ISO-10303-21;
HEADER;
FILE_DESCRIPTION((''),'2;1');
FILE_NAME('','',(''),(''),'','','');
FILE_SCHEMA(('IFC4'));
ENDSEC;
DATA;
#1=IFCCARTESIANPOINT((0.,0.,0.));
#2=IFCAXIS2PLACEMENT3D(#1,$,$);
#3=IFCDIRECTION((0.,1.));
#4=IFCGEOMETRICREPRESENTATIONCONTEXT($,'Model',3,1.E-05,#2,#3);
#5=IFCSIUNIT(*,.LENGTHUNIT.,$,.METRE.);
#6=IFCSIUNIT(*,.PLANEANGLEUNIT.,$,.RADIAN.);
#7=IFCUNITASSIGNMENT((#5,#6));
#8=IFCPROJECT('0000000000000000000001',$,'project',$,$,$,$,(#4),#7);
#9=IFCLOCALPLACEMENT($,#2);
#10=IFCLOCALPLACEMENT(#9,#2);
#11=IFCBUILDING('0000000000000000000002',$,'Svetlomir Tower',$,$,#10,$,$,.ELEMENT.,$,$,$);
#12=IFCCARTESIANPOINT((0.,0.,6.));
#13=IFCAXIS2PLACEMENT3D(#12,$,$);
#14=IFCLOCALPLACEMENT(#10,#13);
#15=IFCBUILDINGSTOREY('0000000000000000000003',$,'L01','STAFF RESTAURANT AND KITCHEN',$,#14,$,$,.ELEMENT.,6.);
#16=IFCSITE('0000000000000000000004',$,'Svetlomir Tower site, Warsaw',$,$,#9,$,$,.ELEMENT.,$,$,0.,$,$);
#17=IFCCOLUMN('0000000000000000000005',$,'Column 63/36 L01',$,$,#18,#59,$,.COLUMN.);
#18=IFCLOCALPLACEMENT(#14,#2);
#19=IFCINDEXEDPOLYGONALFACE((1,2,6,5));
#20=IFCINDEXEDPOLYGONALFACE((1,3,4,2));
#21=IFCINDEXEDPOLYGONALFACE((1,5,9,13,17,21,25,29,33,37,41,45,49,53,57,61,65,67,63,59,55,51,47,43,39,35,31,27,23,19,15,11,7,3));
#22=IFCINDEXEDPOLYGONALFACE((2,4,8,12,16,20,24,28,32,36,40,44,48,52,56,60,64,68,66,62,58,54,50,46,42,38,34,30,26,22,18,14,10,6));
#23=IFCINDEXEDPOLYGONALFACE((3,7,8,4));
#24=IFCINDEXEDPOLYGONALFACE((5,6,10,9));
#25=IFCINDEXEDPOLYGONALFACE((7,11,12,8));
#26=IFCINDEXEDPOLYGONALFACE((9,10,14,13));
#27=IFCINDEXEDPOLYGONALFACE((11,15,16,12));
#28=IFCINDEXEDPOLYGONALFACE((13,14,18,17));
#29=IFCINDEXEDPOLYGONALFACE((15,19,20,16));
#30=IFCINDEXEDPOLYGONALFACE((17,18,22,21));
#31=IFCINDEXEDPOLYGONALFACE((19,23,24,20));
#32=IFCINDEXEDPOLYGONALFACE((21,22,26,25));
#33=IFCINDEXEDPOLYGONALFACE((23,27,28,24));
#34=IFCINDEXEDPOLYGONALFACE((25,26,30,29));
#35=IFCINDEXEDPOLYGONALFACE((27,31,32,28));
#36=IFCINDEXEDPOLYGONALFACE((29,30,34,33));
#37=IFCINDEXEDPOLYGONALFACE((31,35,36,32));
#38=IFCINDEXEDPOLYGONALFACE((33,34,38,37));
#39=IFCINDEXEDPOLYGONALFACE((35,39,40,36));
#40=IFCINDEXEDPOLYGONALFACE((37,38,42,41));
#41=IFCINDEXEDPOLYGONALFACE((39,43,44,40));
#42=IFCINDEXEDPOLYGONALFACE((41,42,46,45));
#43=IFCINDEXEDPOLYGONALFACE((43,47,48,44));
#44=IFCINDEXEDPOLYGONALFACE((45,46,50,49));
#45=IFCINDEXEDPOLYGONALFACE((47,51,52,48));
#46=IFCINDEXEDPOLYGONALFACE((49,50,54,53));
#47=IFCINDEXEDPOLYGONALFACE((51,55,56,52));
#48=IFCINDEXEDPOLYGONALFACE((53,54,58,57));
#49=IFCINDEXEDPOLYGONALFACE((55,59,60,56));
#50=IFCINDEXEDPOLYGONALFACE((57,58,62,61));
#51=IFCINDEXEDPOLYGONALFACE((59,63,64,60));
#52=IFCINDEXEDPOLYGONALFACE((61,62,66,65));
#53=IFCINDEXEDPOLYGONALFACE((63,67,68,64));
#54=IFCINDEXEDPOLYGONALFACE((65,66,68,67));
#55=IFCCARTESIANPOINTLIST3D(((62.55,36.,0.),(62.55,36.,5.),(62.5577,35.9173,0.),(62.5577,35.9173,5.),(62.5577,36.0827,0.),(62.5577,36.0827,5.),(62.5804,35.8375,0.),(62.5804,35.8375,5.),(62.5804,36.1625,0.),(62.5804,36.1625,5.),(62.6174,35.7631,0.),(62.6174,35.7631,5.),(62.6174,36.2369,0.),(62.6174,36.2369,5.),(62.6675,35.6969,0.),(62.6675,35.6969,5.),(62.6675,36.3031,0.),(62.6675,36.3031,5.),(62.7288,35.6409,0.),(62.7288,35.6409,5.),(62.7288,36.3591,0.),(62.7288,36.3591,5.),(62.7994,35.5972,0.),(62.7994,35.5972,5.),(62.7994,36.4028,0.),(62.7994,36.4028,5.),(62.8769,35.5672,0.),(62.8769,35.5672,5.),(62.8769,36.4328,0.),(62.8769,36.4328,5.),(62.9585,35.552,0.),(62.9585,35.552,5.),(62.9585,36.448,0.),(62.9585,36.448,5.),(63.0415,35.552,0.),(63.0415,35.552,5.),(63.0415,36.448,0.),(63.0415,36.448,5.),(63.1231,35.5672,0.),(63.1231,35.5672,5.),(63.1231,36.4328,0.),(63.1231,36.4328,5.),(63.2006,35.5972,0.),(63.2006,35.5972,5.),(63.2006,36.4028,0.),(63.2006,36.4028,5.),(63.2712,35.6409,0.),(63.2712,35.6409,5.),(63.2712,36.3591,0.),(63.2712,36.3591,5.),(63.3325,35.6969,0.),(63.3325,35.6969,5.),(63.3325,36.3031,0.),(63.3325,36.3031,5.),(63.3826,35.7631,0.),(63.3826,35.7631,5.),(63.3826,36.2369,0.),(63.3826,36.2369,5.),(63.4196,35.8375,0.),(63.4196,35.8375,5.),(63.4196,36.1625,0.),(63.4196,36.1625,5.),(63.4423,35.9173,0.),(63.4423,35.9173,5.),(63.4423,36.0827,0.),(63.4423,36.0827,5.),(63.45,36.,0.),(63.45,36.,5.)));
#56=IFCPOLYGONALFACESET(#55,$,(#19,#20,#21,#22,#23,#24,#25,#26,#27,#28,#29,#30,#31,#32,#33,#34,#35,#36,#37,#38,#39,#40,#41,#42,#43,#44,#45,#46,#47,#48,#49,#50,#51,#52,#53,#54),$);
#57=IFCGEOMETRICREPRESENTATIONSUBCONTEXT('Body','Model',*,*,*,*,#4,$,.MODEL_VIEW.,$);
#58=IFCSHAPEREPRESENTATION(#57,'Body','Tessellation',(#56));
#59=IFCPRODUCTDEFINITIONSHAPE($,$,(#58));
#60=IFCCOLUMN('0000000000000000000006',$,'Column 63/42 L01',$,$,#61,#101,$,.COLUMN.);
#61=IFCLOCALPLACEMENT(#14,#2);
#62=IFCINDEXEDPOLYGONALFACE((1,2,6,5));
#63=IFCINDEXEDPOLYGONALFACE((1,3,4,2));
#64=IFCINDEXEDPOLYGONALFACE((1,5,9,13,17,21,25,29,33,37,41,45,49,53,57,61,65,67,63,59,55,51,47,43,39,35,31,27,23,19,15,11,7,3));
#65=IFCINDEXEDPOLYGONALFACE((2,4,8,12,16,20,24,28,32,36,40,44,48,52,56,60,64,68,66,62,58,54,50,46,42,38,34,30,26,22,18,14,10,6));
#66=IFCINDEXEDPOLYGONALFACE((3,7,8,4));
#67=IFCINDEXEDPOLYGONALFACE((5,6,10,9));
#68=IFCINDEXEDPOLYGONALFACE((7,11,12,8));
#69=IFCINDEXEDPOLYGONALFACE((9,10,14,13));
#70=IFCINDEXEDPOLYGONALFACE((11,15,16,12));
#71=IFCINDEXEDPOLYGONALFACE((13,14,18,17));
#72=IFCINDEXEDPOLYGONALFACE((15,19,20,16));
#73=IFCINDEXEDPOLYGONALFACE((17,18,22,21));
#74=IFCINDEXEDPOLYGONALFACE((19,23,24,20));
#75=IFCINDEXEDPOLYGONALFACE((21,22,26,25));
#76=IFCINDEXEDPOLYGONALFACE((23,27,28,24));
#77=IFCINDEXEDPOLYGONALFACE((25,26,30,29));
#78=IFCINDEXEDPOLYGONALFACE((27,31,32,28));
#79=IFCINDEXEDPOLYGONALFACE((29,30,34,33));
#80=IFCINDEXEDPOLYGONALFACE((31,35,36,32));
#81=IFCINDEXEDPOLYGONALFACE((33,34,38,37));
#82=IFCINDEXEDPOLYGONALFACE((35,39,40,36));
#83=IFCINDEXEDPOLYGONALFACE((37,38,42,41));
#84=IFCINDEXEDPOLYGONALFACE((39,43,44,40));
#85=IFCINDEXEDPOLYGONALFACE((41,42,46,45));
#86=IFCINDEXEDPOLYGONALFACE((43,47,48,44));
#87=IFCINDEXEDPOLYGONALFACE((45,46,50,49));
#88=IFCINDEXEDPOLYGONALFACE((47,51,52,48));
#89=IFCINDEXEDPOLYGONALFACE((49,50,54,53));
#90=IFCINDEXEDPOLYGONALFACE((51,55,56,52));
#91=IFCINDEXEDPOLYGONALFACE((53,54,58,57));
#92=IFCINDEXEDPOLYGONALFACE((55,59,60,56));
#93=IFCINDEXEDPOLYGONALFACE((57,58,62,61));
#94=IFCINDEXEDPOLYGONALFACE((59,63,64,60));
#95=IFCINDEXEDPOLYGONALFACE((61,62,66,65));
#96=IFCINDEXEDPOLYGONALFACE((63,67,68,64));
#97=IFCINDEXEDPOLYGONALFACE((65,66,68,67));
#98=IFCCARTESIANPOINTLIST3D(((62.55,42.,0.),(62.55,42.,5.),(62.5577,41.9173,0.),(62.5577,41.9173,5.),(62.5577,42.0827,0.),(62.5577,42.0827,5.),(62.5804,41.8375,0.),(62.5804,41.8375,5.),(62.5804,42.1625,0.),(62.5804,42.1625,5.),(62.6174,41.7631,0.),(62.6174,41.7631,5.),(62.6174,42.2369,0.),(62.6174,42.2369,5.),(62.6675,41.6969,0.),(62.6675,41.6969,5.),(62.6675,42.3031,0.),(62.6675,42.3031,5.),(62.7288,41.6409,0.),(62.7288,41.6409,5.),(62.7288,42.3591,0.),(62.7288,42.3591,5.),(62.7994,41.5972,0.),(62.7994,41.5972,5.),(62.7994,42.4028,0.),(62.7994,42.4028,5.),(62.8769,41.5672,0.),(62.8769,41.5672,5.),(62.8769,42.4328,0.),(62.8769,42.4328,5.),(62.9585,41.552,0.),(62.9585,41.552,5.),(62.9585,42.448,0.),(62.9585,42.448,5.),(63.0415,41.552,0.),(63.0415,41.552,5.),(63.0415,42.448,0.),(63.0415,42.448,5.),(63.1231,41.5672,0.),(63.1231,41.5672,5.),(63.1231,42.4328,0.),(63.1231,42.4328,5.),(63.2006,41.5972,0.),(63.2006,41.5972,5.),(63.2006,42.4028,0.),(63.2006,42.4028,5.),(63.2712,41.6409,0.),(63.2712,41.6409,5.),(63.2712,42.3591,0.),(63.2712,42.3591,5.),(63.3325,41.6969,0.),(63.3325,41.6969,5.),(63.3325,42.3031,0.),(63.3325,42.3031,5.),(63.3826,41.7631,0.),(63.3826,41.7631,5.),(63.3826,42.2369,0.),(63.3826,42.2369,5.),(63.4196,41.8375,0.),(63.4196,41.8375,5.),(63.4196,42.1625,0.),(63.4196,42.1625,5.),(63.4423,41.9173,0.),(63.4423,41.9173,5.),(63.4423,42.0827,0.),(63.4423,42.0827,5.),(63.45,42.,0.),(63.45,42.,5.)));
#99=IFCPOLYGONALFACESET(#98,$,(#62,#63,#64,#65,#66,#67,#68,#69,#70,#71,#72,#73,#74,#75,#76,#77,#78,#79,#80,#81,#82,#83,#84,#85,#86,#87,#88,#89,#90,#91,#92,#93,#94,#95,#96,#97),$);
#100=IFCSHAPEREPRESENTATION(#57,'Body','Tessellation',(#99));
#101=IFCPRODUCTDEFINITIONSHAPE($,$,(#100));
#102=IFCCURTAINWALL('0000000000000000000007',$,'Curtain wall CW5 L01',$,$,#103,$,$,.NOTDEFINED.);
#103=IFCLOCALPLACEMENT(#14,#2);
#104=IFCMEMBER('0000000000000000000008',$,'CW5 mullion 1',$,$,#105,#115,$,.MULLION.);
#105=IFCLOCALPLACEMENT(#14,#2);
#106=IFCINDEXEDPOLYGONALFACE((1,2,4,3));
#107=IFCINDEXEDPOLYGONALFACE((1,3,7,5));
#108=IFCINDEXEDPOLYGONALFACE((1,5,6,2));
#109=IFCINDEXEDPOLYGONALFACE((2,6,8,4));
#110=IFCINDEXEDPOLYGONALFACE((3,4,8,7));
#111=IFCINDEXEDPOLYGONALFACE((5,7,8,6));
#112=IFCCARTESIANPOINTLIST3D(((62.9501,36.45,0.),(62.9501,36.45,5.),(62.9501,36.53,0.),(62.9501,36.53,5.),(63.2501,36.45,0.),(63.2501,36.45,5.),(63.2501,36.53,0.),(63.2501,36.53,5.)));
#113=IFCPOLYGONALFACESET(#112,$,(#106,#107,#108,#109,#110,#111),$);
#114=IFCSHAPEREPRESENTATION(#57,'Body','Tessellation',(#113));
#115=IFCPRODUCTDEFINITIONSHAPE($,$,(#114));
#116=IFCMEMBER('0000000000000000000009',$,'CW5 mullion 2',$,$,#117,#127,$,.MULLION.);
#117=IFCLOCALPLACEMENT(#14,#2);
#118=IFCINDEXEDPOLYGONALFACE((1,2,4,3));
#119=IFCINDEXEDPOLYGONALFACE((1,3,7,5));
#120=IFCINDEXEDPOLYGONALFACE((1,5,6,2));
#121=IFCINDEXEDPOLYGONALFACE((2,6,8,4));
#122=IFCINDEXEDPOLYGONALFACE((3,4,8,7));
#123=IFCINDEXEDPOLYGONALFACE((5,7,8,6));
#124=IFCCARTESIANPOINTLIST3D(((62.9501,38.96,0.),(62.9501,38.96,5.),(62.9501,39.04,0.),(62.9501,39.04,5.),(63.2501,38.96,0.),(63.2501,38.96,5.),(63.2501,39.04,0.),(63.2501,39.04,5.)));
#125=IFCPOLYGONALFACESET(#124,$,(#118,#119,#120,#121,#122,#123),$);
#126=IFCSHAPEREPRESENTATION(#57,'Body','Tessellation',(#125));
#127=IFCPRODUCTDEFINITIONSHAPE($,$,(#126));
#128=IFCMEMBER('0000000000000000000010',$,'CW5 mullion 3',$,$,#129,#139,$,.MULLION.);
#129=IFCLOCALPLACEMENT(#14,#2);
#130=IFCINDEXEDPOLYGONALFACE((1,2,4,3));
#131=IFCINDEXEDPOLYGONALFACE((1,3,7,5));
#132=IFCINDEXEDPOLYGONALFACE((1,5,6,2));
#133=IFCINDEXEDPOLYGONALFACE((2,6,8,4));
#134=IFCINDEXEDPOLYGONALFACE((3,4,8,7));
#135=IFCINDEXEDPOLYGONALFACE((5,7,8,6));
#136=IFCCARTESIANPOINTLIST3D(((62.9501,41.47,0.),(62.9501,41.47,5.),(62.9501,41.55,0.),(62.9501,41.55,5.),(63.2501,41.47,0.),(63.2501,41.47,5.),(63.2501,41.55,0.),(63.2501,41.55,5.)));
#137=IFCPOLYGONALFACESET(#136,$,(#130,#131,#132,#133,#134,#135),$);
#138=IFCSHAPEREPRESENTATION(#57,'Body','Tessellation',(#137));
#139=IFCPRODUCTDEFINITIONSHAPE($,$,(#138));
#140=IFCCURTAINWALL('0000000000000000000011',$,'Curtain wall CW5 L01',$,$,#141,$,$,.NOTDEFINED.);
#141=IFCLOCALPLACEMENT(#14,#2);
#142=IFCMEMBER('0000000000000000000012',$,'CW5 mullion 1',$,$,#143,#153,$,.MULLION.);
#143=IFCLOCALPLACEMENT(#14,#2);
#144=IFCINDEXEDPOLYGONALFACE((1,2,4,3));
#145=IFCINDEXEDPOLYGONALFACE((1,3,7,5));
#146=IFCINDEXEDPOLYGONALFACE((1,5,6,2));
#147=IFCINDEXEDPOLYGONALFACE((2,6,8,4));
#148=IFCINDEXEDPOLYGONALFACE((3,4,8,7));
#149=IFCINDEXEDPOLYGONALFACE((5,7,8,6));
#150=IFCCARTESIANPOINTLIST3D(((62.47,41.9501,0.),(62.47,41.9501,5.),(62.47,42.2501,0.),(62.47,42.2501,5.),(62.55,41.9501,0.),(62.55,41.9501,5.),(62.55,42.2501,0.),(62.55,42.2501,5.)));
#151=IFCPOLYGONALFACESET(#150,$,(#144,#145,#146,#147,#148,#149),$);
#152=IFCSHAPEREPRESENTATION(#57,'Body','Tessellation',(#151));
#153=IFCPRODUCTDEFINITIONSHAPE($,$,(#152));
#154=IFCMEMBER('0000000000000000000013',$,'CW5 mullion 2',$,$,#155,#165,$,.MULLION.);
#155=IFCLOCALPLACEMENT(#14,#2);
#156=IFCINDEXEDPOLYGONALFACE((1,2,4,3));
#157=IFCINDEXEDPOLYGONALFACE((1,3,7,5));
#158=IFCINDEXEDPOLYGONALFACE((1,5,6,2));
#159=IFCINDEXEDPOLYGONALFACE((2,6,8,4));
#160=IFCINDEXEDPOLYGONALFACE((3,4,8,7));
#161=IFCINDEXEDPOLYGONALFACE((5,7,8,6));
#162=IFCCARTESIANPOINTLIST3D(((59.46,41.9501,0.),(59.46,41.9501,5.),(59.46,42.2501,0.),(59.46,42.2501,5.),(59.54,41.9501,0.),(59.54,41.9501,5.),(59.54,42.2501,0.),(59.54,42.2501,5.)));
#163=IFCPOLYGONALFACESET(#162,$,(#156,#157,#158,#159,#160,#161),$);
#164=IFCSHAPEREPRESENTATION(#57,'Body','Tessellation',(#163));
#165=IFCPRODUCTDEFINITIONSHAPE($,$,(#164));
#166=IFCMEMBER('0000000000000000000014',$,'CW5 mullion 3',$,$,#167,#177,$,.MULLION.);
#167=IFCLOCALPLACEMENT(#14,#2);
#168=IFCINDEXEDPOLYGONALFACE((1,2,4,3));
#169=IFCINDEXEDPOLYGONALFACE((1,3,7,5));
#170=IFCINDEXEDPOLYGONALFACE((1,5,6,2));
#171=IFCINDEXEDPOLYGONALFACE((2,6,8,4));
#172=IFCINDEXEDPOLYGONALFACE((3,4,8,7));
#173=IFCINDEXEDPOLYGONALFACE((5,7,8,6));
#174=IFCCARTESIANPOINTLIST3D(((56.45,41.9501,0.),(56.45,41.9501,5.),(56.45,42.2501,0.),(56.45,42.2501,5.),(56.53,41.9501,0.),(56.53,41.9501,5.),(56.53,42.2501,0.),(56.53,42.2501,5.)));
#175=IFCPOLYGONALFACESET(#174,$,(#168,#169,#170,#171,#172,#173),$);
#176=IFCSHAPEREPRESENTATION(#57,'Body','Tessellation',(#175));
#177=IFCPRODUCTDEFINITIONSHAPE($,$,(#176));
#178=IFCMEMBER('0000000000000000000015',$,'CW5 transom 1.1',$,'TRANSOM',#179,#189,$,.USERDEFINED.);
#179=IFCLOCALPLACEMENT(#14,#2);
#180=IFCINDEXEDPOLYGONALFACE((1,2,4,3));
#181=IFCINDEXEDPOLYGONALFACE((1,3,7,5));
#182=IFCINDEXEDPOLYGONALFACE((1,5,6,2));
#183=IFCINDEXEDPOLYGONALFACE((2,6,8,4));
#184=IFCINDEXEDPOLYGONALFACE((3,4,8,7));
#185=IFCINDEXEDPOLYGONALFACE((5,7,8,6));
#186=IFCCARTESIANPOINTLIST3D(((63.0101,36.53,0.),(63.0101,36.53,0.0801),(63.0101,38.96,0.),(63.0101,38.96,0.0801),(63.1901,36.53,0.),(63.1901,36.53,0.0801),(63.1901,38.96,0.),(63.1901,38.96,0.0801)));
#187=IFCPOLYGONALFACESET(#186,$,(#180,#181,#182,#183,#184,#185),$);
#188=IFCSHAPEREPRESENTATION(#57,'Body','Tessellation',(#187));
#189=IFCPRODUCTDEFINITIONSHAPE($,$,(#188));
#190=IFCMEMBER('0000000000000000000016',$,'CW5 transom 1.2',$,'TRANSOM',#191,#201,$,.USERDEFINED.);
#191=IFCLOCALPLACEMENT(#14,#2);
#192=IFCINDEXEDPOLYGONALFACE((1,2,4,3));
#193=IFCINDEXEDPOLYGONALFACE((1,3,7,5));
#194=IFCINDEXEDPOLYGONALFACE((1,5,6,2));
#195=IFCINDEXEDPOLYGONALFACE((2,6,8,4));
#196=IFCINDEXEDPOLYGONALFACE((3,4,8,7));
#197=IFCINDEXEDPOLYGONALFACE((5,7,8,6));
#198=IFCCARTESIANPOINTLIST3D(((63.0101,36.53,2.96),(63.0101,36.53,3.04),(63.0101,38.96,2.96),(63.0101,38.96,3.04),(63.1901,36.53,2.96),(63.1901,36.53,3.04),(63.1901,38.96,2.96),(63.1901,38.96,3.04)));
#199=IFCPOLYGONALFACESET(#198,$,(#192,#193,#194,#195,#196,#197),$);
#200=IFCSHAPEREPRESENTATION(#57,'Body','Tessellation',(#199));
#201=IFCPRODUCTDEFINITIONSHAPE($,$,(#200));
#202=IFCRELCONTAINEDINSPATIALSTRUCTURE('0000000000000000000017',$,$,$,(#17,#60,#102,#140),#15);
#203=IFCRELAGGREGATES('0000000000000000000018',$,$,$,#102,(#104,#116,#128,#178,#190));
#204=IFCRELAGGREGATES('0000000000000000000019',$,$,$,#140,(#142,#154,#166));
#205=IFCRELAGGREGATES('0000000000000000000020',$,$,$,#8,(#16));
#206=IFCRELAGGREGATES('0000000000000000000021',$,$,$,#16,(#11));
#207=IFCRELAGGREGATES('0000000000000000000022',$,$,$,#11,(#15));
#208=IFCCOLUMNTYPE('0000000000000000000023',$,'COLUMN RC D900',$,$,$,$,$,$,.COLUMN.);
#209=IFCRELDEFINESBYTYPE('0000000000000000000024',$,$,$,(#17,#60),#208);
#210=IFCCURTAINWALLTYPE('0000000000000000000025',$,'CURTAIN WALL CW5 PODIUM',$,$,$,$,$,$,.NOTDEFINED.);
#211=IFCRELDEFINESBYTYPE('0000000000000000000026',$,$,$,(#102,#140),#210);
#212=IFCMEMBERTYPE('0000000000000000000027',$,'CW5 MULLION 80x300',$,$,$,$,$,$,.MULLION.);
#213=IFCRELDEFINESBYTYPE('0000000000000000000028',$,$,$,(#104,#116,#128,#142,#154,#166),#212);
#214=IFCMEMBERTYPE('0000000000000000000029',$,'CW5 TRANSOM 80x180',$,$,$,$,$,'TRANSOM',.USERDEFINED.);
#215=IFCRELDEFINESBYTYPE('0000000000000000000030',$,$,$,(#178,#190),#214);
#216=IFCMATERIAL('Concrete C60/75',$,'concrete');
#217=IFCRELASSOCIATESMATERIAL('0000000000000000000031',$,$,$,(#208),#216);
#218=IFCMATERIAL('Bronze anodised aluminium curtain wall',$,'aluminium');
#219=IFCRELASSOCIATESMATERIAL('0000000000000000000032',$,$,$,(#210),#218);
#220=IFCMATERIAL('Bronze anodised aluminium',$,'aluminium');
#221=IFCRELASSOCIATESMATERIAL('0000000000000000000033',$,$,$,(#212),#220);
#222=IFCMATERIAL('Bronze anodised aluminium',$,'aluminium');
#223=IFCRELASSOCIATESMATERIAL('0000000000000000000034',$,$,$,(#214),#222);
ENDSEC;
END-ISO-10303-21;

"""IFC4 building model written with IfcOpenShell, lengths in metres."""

from ifc_helpers import new_model, si_unit, direction, frame, origin, origin_2d, place, context, subcontext, project, spatial, rectangle, circle, extrude, material, material_profile, profile_set, type_object, element, aggregate, save


model = new_model("IFC4")

# Units and contexts
model_context = context("Model", 3, precision=1e-05, world=origin(), true_north=direction((0.0, 1.0)))
body_context = subcontext(model_context, "Body", "Model", "MODEL_VIEW")
ifc_project = project(units=[si_unit("LENGTHUNIT", "METRE"), si_unit("PLANEANGLEUNIT", "RADIAN")], contexts=[model_context])

# Site, building, storey
site_placement = place(None, origin())
site = spatial("IfcSite", under=ifc_project, at=site_placement, Name="Svetlomir Tower site, Warsaw", CompositionType="ELEMENT", RefElevation=0.0)
building_placement = place(site_placement, origin())
building = spatial("IfcBuilding", under=site, at=building_placement, Name="Svetlomir Tower", CompositionType="ELEMENT")
storey_placement = place(building_placement, frame((0.0, 0.0, 6.0)))
storey = spatial("IfcBuildingStorey", under=building, at=storey_placement, Name="L01", Description="STAFF RESTAURANT AND KITCHEN", CompositionType="ELEMENT", Elevation=6.0)

# Columns
ifc_material_1 = material(Name="Concrete C60/75", Category="concrete")
ifc_material_profile_1 = material_profile(ifc_material_1, circle(Radius=0.45, at=origin_2d()), Name="RC D900")
ifc_profile_set_1 = profile_set([ifc_material_profile_1], Name="Concrete C60/75")
column_type = type_object("IfcColumnType", Name="COLUMN RC D900", PredefinedType="COLUMN", material=ifc_profile_set_1)
for number, where, z_axis, x_axis, name in (
    (1, (63.0, 36.0, 0.0), (0.0, 0.0, 1.0), (1.0, 0.0, 0.0), "Column 63/36 L01"),
    (2, (63.0, 42.0, 0.0), (0.0, 0.0, 1.0), (1.0, 0.0, 0.0), "Column 63/42 L01"),
):
    element("IfcColumn", number, at=place(storey_placement, frame(where, z_axis=z_axis, x_axis=x_axis)), inside=storey, type_object=column_type, Name=name, PredefinedType="COLUMN", context=body_context, shape_type="SweptSolid", body=[
        extrude(circle(Radius=0.45, at=origin_2d()), origin(), (0.0, 0.0, 1.0), 5.0),
    ])

# Curtain walls, members
ifc_material_2 = material(Name="Bronze anodised aluminium curtain wall", Category="aluminium")
curtain_wall_type = type_object("IfcCurtainWallType", Name="CURTAIN WALL CW5 PODIUM", PredefinedType="NOTDEFINED", material=ifc_material_2)
curtain_wall_1_placement = place(storey_placement, origin())
curtain_wall_1 = element("IfcCurtainWall", 3, at=curtain_wall_1_placement, inside=storey, type_object=curtain_wall_type, Name="Curtain wall CW5 L01", PredefinedType="NOTDEFINED")
ifc_material_3 = material(Name="Bronze anodised aluminium", Category="aluminium")
ifc_material_profile_2 = material_profile(ifc_material_3, rectangle(XDim=0.0801, YDim=0.3, at=origin_2d()), Name="AL 80x300")
ifc_profile_set_2 = profile_set([ifc_material_profile_2], Name="Bronze anodised aluminium 6063-T6")
member_type_1 = type_object("IfcMemberType", Name="CW5 MULLION 80x300", PredefinedType="MULLION", material=ifc_profile_set_2)
member_1_placement = place(storey_placement, frame((63.1001, 36.49, 0.0), z_axis=(0.0, 0.0, 1.0), x_axis=(0.0, 1.0, 0.0)))
member_1 = element("IfcMember", 4, at=member_1_placement, type_object=member_type_1, Name="CW5 mullion 1", PredefinedType="MULLION", context=body_context, shape_type="SweptSolid", body=[
    extrude(rectangle(XDim=0.0801, YDim=0.3, at=origin_2d()), origin(), (0.0, 0.0, 1.0), 5.0),
])
member_2_placement = place(storey_placement, frame((63.1001, 39.0, 0.0), z_axis=(0.0, 0.0, 1.0), x_axis=(0.0, 1.0, 0.0)))
member_2 = element("IfcMember", 5, at=member_2_placement, type_object=member_type_1, Name="CW5 mullion 2", PredefinedType="MULLION", context=body_context, shape_type="SweptSolid", body=[
    extrude(rectangle(XDim=0.0801, YDim=0.3, at=origin_2d()), origin(), (0.0, 0.0, 1.0), 5.0),
])
member_3_placement = place(storey_placement, frame((63.1001, 41.51, 0.0), z_axis=(0.0, 0.0, 1.0), x_axis=(0.0, 1.0, 0.0)))
member_3 = element("IfcMember", 6, at=member_3_placement, type_object=member_type_1, Name="CW5 mullion 3", PredefinedType="MULLION", context=body_context, shape_type="SweptSolid", body=[
    extrude(rectangle(XDim=0.0801, YDim=0.3, at=origin_2d()), origin(), (0.0, 0.0, 1.0), 5.0),
])
curtain_wall_2_placement = place(storey_placement, origin())
curtain_wall_2 = element("IfcCurtainWall", 7, at=curtain_wall_2_placement, inside=storey, type_object=curtain_wall_type, Name="Curtain wall CW5 L01", PredefinedType="NOTDEFINED")
member_4_placement = place(storey_placement, frame((62.51, 42.1001, 0.0), z_axis=(0.0, 0.0, 1.0), x_axis=(-1.0, 0.0, 0.0)))
member_4 = element("IfcMember", 8, at=member_4_placement, type_object=member_type_1, Name="CW5 mullion 1", PredefinedType="MULLION", context=body_context, shape_type="SweptSolid", body=[
    extrude(rectangle(XDim=0.0801, YDim=0.3, at=origin_2d()), origin(), (0.0, 0.0, 1.0), 5.0),
])
member_5_placement = place(storey_placement, frame((59.5, 42.1001, 0.0), z_axis=(0.0, 0.0, 1.0), x_axis=(-1.0, 0.0, 0.0)))
member_5 = element("IfcMember", 9, at=member_5_placement, type_object=member_type_1, Name="CW5 mullion 2", PredefinedType="MULLION", context=body_context, shape_type="SweptSolid", body=[
    extrude(rectangle(XDim=0.0801, YDim=0.3, at=origin_2d()), origin(), (0.0, 0.0, 1.0), 5.0),
])
member_6_placement = place(storey_placement, frame((56.49, 42.1001, 0.0), z_axis=(0.0, 0.0, 1.0), x_axis=(-1.0, 0.0, 0.0)))
member_6 = element("IfcMember", 10, at=member_6_placement, type_object=member_type_1, Name="CW5 mullion 3", PredefinedType="MULLION", context=body_context, shape_type="SweptSolid", body=[
    extrude(rectangle(XDim=0.0801, YDim=0.3, at=origin_2d()), origin(), (0.0, 0.0, 1.0), 5.0),
])

# Members
ifc_material_4 = material(Name="Bronze anodised aluminium", Category="aluminium")
ifc_material_profile_3 = material_profile(ifc_material_4, rectangle(XDim=0.1799, YDim=0.0801, at=origin_2d()), Name="AL 180x80")
ifc_profile_set_3 = profile_set([ifc_material_profile_3], Name="Bronze anodised aluminium 6063-T6")
member_type_2 = type_object("IfcMemberType", Name="CW5 TRANSOM 80x180", ElementType="TRANSOM", PredefinedType="USERDEFINED", material=ifc_profile_set_3)
member_7_placement = place(storey_placement, frame((63.1001, 36.53, 0.04), z_axis=(0.0, 1.0, 0.0), x_axis=(-1.0, 0.0, 0.0)))
member_7 = element("IfcMember", 11, at=member_7_placement, type_object=member_type_2, Name="CW5 transom 1.1", ObjectType="TRANSOM", PredefinedType="USERDEFINED", context=body_context, shape_type="SweptSolid", body=[
    extrude(rectangle(XDim=0.1799, YDim=0.0801, at=origin_2d()), origin(), (0.0, 0.0, 1.0), 2.4299),
])
member_8_placement = place(storey_placement, frame((63.1001, 36.53, 3.0), z_axis=(0.0, 1.0, 0.0), x_axis=(-1.0, 0.0, 0.0)))
member_8 = element("IfcMember", 12, at=member_8_placement, type_object=member_type_2, Name="CW5 transom 1.2", ObjectType="TRANSOM", PredefinedType="USERDEFINED", context=body_context, shape_type="SweptSolid", body=[
    extrude(rectangle(XDim=0.1799, YDim=0.0801, at=origin_2d()), origin(), (0.0, 0.0, 1.0), 2.4299),
])

aggregate(curtain_wall_1, [member_1, member_2, member_3, member_7, member_8])
aggregate(curtain_wall_2, [member_4, member_5, member_6])

save(model, "model.ifc")
